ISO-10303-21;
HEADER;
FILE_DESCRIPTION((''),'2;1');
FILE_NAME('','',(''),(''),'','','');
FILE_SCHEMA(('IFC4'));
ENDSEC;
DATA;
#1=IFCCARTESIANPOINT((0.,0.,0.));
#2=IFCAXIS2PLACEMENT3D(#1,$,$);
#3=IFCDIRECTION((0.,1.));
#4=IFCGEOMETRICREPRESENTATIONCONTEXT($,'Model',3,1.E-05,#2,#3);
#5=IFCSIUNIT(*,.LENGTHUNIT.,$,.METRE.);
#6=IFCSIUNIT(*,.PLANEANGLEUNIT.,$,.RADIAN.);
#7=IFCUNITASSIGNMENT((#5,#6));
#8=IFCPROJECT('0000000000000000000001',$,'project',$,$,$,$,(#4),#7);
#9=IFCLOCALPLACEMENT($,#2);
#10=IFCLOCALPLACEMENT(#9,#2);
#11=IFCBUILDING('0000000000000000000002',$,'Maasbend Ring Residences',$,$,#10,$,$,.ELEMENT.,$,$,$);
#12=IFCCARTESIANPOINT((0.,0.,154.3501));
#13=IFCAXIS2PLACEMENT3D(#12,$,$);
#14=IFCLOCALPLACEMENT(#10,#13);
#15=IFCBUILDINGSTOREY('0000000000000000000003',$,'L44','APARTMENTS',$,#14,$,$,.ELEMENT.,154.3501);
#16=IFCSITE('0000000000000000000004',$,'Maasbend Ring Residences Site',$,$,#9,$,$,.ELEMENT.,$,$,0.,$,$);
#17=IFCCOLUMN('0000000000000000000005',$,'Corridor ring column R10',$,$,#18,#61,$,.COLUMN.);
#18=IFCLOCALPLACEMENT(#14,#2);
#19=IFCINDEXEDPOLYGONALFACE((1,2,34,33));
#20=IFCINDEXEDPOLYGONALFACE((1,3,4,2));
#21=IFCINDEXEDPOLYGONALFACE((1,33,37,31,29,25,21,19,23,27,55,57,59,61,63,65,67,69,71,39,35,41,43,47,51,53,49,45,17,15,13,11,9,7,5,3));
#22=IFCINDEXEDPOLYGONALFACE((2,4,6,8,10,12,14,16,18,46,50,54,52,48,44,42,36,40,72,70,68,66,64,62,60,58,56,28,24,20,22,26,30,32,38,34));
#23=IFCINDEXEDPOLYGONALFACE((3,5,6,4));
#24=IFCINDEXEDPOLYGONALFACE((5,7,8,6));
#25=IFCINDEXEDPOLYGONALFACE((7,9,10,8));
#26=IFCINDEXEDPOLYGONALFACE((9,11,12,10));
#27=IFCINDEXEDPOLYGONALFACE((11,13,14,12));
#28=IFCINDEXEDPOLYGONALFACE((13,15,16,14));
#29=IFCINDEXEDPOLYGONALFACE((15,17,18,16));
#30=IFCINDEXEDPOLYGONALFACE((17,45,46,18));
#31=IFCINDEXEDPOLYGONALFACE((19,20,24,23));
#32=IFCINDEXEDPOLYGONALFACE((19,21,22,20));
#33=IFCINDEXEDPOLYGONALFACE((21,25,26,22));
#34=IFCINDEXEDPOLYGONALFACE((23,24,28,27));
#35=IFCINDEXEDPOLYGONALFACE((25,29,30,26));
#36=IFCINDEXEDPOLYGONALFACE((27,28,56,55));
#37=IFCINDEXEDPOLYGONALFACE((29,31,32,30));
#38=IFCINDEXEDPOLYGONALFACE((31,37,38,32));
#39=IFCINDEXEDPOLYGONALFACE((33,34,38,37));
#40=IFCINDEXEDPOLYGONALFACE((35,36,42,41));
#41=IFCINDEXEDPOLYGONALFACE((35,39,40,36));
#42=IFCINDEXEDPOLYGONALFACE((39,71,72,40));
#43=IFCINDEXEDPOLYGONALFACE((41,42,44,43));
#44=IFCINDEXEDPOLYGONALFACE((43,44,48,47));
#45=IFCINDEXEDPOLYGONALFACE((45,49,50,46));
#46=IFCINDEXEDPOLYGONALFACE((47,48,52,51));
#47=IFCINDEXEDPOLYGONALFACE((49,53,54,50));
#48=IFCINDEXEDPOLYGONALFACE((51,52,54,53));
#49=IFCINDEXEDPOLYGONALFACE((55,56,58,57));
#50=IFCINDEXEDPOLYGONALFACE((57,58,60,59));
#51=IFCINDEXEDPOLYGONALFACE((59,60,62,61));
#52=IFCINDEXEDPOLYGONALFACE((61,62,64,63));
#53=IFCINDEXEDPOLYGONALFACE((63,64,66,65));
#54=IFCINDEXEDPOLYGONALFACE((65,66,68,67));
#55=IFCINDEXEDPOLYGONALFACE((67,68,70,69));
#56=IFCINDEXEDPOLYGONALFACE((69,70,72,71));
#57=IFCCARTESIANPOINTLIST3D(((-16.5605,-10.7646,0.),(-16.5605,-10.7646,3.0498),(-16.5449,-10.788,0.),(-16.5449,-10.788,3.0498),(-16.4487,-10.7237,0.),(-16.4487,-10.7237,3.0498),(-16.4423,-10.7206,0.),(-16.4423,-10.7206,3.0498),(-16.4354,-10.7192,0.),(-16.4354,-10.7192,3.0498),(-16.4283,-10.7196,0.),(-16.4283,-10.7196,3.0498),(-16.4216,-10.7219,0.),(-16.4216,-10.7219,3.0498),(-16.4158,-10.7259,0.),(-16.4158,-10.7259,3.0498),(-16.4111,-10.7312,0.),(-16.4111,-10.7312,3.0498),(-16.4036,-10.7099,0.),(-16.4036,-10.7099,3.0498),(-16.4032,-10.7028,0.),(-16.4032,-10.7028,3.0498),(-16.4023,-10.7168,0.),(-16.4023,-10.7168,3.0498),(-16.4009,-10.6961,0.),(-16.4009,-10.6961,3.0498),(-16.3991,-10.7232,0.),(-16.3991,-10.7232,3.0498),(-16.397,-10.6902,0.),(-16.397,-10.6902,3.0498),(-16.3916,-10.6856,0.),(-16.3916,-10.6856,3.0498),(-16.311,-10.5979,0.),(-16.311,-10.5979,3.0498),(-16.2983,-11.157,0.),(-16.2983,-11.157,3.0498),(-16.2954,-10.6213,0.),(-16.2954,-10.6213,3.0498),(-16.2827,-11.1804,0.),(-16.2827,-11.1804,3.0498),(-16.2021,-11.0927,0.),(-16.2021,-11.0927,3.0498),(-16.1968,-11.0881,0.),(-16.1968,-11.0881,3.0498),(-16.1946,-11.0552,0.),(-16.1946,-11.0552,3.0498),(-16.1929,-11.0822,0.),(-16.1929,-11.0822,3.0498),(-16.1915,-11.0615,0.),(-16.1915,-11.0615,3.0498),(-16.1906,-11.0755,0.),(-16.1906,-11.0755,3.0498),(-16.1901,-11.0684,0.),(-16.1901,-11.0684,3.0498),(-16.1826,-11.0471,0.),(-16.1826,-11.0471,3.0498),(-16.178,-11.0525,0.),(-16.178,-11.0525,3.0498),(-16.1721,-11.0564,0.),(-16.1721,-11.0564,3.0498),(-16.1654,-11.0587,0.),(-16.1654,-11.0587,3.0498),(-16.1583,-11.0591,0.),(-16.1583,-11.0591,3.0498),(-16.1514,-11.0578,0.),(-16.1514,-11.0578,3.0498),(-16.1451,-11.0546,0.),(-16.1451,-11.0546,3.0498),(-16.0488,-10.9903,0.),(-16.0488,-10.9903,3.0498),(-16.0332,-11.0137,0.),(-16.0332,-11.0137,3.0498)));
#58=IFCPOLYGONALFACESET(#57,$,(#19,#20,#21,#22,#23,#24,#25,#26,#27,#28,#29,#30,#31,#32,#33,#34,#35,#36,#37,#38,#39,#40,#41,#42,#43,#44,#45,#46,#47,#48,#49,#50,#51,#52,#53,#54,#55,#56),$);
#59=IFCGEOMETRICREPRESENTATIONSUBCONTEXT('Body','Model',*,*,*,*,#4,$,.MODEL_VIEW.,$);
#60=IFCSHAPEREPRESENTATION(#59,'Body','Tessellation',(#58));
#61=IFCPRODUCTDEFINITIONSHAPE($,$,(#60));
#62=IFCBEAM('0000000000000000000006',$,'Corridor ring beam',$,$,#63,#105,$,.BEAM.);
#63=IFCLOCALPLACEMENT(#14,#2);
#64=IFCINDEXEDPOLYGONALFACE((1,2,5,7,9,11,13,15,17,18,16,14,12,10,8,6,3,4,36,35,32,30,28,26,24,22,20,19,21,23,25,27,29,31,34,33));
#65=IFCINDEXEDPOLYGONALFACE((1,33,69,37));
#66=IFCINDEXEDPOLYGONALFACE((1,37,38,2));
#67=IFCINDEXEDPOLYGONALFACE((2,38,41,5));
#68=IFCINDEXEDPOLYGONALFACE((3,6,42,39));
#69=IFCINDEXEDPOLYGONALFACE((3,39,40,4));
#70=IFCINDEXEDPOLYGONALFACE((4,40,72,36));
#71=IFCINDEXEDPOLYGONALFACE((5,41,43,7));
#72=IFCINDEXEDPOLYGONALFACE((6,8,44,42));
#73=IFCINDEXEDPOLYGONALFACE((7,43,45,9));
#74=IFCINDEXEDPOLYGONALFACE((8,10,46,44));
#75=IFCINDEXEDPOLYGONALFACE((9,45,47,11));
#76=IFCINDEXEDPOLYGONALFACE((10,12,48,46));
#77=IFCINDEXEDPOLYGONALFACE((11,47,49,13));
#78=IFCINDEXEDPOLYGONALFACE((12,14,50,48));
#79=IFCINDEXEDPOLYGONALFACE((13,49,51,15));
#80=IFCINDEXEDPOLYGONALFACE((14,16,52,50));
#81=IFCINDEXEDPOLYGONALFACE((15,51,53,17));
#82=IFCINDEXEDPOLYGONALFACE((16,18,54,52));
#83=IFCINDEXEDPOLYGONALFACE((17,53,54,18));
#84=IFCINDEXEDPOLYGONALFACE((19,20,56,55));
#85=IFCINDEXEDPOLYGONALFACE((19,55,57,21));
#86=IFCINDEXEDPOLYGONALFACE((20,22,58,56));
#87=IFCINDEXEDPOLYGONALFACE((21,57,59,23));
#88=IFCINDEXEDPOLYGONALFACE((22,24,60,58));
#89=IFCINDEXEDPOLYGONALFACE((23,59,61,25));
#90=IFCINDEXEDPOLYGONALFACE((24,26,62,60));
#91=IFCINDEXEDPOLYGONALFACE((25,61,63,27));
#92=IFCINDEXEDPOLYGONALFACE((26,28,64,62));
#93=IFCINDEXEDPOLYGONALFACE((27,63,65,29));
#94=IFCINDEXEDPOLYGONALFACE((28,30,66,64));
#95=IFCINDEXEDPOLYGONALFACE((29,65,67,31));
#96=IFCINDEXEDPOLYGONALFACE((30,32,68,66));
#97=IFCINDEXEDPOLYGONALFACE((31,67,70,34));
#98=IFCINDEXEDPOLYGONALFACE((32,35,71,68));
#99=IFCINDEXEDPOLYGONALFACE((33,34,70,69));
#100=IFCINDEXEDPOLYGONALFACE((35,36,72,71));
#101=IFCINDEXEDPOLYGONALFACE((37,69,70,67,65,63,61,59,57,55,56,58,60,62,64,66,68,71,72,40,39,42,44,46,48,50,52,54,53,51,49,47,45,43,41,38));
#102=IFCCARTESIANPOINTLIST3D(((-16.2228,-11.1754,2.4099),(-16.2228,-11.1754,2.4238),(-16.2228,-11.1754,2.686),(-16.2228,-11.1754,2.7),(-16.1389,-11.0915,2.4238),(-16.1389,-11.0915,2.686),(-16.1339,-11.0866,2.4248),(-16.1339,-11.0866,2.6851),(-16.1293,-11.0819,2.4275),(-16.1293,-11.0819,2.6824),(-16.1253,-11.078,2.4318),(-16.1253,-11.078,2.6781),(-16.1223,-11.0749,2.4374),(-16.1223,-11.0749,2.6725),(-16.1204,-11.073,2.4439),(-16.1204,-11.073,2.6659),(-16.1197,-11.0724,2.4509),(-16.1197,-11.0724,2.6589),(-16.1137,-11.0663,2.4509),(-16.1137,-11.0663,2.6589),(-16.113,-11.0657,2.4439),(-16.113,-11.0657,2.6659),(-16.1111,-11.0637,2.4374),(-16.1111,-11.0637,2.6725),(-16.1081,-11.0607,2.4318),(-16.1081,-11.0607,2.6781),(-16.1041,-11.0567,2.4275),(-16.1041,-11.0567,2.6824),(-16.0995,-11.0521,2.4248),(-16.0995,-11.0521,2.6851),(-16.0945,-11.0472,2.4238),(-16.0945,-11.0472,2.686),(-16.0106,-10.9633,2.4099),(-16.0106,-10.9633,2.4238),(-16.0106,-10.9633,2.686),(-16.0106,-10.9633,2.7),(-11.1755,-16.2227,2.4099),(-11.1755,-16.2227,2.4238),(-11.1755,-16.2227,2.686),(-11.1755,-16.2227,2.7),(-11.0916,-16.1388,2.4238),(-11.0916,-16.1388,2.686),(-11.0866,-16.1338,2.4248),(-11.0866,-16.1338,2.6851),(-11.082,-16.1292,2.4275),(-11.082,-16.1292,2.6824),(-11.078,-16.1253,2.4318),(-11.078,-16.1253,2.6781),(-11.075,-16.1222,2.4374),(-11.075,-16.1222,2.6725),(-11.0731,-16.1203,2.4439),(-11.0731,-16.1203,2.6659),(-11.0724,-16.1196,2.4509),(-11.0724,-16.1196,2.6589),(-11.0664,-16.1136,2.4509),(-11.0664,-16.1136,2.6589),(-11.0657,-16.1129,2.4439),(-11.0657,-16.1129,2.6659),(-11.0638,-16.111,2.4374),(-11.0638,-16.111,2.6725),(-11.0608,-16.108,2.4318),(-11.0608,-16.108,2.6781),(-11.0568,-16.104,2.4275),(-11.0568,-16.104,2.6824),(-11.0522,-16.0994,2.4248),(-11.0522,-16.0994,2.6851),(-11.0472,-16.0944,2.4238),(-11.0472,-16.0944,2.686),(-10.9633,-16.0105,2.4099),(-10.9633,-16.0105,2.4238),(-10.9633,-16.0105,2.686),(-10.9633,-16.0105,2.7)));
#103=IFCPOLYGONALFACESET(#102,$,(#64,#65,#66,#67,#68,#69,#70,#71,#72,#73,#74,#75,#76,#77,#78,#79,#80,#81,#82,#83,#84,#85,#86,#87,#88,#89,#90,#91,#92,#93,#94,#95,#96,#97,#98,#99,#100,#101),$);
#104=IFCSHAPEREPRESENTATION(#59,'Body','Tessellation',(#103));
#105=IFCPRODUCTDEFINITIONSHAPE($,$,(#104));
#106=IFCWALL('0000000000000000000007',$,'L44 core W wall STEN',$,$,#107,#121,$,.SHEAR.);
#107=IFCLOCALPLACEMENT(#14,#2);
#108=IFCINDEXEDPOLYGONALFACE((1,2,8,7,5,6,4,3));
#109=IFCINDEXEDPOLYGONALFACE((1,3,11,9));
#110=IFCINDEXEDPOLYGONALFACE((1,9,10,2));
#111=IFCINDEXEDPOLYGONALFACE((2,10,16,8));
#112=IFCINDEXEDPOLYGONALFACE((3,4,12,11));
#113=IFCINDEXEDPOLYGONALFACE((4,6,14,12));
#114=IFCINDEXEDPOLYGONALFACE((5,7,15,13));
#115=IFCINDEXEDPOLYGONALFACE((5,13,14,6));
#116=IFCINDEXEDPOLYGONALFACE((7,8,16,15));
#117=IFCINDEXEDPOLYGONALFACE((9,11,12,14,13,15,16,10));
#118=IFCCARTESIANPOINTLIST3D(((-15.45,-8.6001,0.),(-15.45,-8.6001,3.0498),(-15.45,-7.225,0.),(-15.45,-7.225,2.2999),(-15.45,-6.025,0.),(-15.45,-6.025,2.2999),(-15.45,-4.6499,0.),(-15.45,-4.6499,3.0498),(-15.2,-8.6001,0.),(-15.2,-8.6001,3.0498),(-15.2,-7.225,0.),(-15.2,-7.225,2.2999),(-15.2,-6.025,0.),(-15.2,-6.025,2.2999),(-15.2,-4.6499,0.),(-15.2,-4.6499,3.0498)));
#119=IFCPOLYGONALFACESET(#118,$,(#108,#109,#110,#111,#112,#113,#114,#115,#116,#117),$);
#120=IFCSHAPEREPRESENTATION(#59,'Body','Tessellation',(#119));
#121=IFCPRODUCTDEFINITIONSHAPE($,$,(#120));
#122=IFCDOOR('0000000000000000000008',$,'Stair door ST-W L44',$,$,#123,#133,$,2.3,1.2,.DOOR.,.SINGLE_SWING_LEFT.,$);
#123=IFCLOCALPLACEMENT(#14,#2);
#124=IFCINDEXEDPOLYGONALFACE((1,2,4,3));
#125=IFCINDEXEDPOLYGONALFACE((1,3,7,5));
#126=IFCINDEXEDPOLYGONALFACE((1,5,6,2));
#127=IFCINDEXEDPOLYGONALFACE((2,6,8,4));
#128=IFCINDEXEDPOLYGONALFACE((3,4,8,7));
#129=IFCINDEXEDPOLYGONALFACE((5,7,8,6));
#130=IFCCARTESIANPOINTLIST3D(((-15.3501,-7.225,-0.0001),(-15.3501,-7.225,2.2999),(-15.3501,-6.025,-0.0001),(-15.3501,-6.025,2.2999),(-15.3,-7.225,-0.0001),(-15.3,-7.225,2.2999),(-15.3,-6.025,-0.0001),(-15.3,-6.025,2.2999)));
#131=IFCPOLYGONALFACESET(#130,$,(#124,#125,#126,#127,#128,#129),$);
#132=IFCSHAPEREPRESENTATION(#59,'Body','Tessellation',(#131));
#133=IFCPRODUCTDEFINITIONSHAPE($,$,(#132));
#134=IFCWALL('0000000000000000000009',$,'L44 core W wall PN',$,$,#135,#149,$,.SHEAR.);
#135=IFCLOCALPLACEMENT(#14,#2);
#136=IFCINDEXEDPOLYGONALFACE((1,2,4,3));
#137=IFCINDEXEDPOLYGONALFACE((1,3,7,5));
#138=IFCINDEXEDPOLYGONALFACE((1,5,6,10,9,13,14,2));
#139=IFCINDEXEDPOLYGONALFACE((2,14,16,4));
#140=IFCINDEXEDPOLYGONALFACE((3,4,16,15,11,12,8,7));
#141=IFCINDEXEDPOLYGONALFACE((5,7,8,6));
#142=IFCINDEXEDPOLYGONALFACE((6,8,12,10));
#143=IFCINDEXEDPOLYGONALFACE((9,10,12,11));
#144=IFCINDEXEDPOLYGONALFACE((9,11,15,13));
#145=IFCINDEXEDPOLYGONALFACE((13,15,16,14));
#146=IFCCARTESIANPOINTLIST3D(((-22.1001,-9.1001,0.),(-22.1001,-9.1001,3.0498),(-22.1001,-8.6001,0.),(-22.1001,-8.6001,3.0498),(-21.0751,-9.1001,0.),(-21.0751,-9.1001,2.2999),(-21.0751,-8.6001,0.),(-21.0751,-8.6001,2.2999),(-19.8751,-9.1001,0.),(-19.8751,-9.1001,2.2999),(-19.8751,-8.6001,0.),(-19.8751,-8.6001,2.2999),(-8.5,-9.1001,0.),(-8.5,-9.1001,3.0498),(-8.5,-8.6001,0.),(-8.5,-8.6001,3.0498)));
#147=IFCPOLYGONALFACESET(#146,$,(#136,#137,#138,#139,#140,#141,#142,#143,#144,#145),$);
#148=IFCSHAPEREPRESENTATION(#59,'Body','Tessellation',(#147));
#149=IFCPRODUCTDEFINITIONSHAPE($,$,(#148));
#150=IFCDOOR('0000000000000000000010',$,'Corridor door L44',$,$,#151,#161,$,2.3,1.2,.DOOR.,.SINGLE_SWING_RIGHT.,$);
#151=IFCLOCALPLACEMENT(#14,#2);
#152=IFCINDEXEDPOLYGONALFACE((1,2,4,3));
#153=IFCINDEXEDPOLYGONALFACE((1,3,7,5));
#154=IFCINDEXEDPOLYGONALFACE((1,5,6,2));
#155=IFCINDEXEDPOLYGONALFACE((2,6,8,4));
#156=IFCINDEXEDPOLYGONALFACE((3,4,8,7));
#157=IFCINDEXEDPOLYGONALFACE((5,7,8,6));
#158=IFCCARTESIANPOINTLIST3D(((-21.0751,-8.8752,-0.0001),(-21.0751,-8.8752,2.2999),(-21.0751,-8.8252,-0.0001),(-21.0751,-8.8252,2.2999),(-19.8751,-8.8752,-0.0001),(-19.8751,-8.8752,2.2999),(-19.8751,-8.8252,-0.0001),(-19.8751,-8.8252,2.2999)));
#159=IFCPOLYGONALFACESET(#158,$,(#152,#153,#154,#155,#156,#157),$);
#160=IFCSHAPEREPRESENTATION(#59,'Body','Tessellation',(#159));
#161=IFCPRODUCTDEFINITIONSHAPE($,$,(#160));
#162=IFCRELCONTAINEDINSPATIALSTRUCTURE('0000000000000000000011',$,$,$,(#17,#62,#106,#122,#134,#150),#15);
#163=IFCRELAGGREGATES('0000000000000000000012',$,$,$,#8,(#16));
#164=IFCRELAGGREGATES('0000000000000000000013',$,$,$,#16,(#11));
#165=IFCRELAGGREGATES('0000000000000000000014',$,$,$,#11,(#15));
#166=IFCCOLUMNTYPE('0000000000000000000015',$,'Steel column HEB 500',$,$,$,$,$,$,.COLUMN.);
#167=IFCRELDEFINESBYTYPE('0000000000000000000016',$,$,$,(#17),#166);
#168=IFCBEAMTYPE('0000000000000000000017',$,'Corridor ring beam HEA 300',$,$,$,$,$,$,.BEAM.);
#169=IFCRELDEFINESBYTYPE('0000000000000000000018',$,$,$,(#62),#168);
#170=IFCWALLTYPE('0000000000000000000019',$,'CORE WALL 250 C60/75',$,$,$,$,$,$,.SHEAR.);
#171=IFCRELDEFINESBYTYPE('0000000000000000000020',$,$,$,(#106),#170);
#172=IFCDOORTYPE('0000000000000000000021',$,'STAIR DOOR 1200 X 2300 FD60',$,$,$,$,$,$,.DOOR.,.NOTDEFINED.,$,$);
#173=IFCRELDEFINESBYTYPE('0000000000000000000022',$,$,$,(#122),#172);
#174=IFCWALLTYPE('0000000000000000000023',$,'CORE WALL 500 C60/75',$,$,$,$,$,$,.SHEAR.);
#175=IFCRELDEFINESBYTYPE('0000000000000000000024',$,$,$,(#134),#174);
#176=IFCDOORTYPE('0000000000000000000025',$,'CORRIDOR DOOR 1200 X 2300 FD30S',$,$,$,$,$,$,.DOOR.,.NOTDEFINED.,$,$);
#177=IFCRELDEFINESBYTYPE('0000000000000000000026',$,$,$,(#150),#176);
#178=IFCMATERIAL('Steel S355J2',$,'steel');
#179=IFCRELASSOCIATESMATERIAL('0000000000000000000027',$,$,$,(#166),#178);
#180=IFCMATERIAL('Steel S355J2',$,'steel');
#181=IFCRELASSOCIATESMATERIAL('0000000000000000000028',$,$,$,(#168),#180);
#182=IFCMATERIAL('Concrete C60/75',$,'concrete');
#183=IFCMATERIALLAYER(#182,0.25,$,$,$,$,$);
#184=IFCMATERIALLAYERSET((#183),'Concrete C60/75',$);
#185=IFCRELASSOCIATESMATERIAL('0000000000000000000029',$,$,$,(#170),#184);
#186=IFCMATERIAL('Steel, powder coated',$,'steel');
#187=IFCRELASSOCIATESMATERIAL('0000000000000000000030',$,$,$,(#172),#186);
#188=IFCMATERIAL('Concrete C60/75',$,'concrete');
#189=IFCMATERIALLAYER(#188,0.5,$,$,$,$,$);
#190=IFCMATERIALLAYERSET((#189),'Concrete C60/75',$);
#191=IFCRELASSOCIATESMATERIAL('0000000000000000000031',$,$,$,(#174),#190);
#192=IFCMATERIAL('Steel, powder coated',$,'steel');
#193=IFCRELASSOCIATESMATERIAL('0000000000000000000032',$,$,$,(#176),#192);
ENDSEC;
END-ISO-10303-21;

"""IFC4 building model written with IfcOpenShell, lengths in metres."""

from ifc_helpers import new_model, si_unit, direction, frame, frame_2d, origin, origin_2d, place, context, subcontext, project, spatial, rectangle, i_section, extrude, material, layer, layer_set, material_profile, profile_set, type_object, element, fill, save


model = new_model("IFC4")

# Units and contexts
model_context = context("Model", 3, precision=1e-05, world=origin(), true_north=direction((0.0, 1.0)))
body_context = subcontext(model_context, "Body", "Model", "MODEL_VIEW")
ifc_project = project(units=[si_unit("LENGTHUNIT", "METRE"), si_unit("PLANEANGLEUNIT", "RADIAN")], contexts=[model_context])

# Site, building, storey
site_placement = place(None, origin())
site = spatial("IfcSite", under=ifc_project, at=site_placement, Name="Maasbend Ring Residences Site", CompositionType="ELEMENT", RefElevation=0.0)
building_placement = place(site_placement, origin())
building = spatial("IfcBuilding", under=site, at=building_placement, Name="Maasbend Ring Residences", CompositionType="ELEMENT")
storey_placement = place(building_placement, frame((0.0, 0.0, 154.3501)))
storey = spatial("IfcBuildingStorey", under=building, at=storey_placement, Name="L44", Description="APARTMENTS", CompositionType="ELEMENT", Elevation=154.3501)

# Column
ifc_material_1 = material(Name="Steel S355J2", Category="steel")
ifc_material_profile_1 = material_profile(ifc_material_1, i_section(OverallWidth=0.3, OverallDepth=0.5, WebThickness=0.0144, FlangeThickness=0.0281, FilletRadius=0.0271, at=origin_2d()), Name="HEB 500")
ifc_profile_set_1 = profile_set([ifc_material_profile_1], Name="Steel S355J2")
column_type = type_object("IfcColumnType", Name="Steel column HEB 500", PredefinedType="COLUMN", material=ifc_profile_set_1)
column_placement = place(storey_placement, frame((-16.2969, -10.8892, 0.0), z_axis=(0.0, 0.0, 1.0), x_axis=(-0.83147, -0.55557, 0.0)))
element("IfcColumn", 1, at=column_placement, inside=storey, type_object=column_type, Name="Corridor ring column R10", PredefinedType="COLUMN", context=body_context, shape_type="SweptSolid", body=[
    extrude(i_section(OverallWidth=0.3, OverallDepth=0.5, WebThickness=0.0144, FlangeThickness=0.0281, FilletRadius=0.0271, at=origin_2d()), origin(), (0.0, 0.0, 1.0), 3.0498),
])

# Beam
ifc_material_2 = material(Name="Steel S355J2", Category="steel")
ifc_material_profile_2 = material_profile(ifc_material_2, i_section(OverallWidth=0.3, OverallDepth=0.29, WebThickness=0.0085, FlangeThickness=0.0139, FilletRadius=0.0271, at=origin_2d()), Name="HEA 300")
ifc_profile_set_2 = profile_set([ifc_material_profile_2], Name="Steel S355J2")
beam_type = type_object("IfcBeamType", Name="Corridor ring beam HEA 300", PredefinedType="BEAM", material=ifc_profile_set_2)
beam_placement = place(storey_placement, frame((-16.1167, -11.0693, 2.5549), z_axis=(0.707107, -0.707107, 0.0), x_axis=(0.707107, 0.707107, 0.0)))
element("IfcBeam", 2, at=beam_placement, inside=storey, type_object=beam_type, Name="Corridor ring beam", PredefinedType="BEAM", context=body_context, shape_type="SweptSolid", body=[
    extrude(i_section(OverallWidth=0.3, OverallDepth=0.29, WebThickness=0.0085, FlangeThickness=0.0139, FilletRadius=0.0271, at=origin_2d()), origin(), (0.0, 0.0, 1.0), 7.1379),
])

# Walls, openings, doors
ifc_material_3 = material(Name="Concrete C60/75", Category="concrete")
ifc_layer_1 = layer(ifc_material_3, 0.25)
ifc_layer_set_1 = layer_set([ifc_layer_1], Name="Concrete C60/75")
wall_type_1 = type_object("IfcWallType", Name="CORE WALL 250 C60/75", PredefinedType="SHEAR", material=ifc_layer_set_1)
wall_1_placement = place(storey_placement, frame((-15.325, -4.6499, 0.0), z_axis=(0.0, 0.0, 1.0), x_axis=(0.0, -1.0, 0.0)))
wall_1 = element("IfcWall", 3, at=wall_1_placement, inside=storey, type_object=wall_type_1, Name="L44 core W wall STEN", PredefinedType="SHEAR", context=body_context, shape_type="SweptSolid", body=[
    extrude(rectangle(XDim=3.9502, YDim=0.25, at=frame_2d((1.9751, 0.0))), origin(), (0.0, 0.0, 1.0), 3.0498),
])
opening_1_placement = place(wall_1_placement, frame((1.375, 0.0, 0.0)))
opening_1 = element("IfcOpeningElement", 4, at=opening_1_placement, cuts=wall_1, PredefinedType="OPENING", context=body_context, shape_type="SweptSolid", body=[
    extrude(rectangle(XDim=1.2, YDim=2.3, at=frame_2d((0.6001, 1.1499))), frame((0.0, 0.135, 0.0), z_axis=(0.0, -1.0, 0.0), x_axis=(1.0, 0.0, 0.0)), (0.0, 0.0, 1.0), 0.27),
])
ifc_material_4 = material(Name="Steel, powder coated", Category="steel")
door_type_1 = type_object("IfcDoorType", Name="STAIR DOOR 1200 X 2300 FD60", OperationType="NOTDEFINED", PredefinedType="DOOR", material=ifc_material_4)
door_1_placement = place(opening_1_placement, origin())
door_1 = element("IfcDoor", 5, at=door_1_placement, inside=storey, type_object=door_type_1, Name="Stair door ST-W L44", OperationType="SINGLE_SWING_LEFT", OverallHeight=2.3, OverallWidth=1.2, PredefinedType="DOOR", context=body_context, shape_type="SweptSolid", body=[
    extrude(rectangle(XDim=1.2, YDim=2.3, at=frame_2d((0.6001, 1.1499))), frame((0.0, 0.0249, 0.0), z_axis=(0.0, -1.0, 0.0), x_axis=(1.0, 0.0, 0.0)), (0.0, 0.0, 1.0), 0.05),
])
fill(opening_1, door_1)
ifc_material_5 = material(Name="Concrete C60/75", Category="concrete")
ifc_layer_2 = layer(ifc_material_5, 0.5)
ifc_layer_set_2 = layer_set([ifc_layer_2], Name="Concrete C60/75")
wall_type_2 = type_object("IfcWallType", Name="CORE WALL 500 C60/75", PredefinedType="SHEAR", material=ifc_layer_set_2)
wall_2_placement = place(storey_placement, frame((-22.1001, -8.8501, 0.0), z_axis=(0.0, 0.0, 1.0), x_axis=(1.0, 0.0, 0.0)))
wall_2 = element("IfcWall", 6, at=wall_2_placement, inside=storey, type_object=wall_type_2, Name="L44 core W wall PN", PredefinedType="SHEAR", context=body_context, shape_type="SweptSolid", body=[
    extrude(rectangle(XDim=13.6001, YDim=0.5, at=frame_2d((6.8, 0.0))), origin(), (0.0, 0.0, 1.0), 3.0498),
])
opening_2_placement = place(wall_2_placement, frame((1.0249, 0.0, 0.0)))
opening_2 = element("IfcOpeningElement", 7, at=opening_2_placement, cuts=wall_2, PredefinedType="OPENING", context=body_context, shape_type="SweptSolid", body=[
    extrude(rectangle(XDim=1.2, YDim=2.3, at=frame_2d((0.6001, 1.1499))), frame((0.0, 0.26, 0.0), z_axis=(0.0, -1.0, 0.0), x_axis=(1.0, 0.0, 0.0)), (0.0, 0.0, 1.0), 0.52),
])
ifc_material_6 = material(Name="Steel, powder coated", Category="steel")
door_type_2 = type_object("IfcDoorType", Name="CORRIDOR DOOR 1200 X 2300 FD30S", OperationType="NOTDEFINED", PredefinedType="DOOR", material=ifc_material_6)
door_2_placement = place(opening_2_placement, origin())
door_2 = element("IfcDoor", 8, at=door_2_placement, inside=storey, type_object=door_type_2, Name="Corridor door L44", OperationType="SINGLE_SWING_RIGHT", OverallHeight=2.3, OverallWidth=1.2, PredefinedType="DOOR", context=body_context, shape_type="SweptSolid", body=[
    extrude(rectangle(XDim=1.2, YDim=2.3, at=frame_2d((0.6001, 1.1499))), frame((0.0, 0.0249, 0.0), z_axis=(0.0, -1.0, 0.0), x_axis=(1.0, 0.0, 0.0)), (0.0, 0.0, 1.0), 0.05),
])
fill(opening_2, door_2)

save(model, "model.ifc")
